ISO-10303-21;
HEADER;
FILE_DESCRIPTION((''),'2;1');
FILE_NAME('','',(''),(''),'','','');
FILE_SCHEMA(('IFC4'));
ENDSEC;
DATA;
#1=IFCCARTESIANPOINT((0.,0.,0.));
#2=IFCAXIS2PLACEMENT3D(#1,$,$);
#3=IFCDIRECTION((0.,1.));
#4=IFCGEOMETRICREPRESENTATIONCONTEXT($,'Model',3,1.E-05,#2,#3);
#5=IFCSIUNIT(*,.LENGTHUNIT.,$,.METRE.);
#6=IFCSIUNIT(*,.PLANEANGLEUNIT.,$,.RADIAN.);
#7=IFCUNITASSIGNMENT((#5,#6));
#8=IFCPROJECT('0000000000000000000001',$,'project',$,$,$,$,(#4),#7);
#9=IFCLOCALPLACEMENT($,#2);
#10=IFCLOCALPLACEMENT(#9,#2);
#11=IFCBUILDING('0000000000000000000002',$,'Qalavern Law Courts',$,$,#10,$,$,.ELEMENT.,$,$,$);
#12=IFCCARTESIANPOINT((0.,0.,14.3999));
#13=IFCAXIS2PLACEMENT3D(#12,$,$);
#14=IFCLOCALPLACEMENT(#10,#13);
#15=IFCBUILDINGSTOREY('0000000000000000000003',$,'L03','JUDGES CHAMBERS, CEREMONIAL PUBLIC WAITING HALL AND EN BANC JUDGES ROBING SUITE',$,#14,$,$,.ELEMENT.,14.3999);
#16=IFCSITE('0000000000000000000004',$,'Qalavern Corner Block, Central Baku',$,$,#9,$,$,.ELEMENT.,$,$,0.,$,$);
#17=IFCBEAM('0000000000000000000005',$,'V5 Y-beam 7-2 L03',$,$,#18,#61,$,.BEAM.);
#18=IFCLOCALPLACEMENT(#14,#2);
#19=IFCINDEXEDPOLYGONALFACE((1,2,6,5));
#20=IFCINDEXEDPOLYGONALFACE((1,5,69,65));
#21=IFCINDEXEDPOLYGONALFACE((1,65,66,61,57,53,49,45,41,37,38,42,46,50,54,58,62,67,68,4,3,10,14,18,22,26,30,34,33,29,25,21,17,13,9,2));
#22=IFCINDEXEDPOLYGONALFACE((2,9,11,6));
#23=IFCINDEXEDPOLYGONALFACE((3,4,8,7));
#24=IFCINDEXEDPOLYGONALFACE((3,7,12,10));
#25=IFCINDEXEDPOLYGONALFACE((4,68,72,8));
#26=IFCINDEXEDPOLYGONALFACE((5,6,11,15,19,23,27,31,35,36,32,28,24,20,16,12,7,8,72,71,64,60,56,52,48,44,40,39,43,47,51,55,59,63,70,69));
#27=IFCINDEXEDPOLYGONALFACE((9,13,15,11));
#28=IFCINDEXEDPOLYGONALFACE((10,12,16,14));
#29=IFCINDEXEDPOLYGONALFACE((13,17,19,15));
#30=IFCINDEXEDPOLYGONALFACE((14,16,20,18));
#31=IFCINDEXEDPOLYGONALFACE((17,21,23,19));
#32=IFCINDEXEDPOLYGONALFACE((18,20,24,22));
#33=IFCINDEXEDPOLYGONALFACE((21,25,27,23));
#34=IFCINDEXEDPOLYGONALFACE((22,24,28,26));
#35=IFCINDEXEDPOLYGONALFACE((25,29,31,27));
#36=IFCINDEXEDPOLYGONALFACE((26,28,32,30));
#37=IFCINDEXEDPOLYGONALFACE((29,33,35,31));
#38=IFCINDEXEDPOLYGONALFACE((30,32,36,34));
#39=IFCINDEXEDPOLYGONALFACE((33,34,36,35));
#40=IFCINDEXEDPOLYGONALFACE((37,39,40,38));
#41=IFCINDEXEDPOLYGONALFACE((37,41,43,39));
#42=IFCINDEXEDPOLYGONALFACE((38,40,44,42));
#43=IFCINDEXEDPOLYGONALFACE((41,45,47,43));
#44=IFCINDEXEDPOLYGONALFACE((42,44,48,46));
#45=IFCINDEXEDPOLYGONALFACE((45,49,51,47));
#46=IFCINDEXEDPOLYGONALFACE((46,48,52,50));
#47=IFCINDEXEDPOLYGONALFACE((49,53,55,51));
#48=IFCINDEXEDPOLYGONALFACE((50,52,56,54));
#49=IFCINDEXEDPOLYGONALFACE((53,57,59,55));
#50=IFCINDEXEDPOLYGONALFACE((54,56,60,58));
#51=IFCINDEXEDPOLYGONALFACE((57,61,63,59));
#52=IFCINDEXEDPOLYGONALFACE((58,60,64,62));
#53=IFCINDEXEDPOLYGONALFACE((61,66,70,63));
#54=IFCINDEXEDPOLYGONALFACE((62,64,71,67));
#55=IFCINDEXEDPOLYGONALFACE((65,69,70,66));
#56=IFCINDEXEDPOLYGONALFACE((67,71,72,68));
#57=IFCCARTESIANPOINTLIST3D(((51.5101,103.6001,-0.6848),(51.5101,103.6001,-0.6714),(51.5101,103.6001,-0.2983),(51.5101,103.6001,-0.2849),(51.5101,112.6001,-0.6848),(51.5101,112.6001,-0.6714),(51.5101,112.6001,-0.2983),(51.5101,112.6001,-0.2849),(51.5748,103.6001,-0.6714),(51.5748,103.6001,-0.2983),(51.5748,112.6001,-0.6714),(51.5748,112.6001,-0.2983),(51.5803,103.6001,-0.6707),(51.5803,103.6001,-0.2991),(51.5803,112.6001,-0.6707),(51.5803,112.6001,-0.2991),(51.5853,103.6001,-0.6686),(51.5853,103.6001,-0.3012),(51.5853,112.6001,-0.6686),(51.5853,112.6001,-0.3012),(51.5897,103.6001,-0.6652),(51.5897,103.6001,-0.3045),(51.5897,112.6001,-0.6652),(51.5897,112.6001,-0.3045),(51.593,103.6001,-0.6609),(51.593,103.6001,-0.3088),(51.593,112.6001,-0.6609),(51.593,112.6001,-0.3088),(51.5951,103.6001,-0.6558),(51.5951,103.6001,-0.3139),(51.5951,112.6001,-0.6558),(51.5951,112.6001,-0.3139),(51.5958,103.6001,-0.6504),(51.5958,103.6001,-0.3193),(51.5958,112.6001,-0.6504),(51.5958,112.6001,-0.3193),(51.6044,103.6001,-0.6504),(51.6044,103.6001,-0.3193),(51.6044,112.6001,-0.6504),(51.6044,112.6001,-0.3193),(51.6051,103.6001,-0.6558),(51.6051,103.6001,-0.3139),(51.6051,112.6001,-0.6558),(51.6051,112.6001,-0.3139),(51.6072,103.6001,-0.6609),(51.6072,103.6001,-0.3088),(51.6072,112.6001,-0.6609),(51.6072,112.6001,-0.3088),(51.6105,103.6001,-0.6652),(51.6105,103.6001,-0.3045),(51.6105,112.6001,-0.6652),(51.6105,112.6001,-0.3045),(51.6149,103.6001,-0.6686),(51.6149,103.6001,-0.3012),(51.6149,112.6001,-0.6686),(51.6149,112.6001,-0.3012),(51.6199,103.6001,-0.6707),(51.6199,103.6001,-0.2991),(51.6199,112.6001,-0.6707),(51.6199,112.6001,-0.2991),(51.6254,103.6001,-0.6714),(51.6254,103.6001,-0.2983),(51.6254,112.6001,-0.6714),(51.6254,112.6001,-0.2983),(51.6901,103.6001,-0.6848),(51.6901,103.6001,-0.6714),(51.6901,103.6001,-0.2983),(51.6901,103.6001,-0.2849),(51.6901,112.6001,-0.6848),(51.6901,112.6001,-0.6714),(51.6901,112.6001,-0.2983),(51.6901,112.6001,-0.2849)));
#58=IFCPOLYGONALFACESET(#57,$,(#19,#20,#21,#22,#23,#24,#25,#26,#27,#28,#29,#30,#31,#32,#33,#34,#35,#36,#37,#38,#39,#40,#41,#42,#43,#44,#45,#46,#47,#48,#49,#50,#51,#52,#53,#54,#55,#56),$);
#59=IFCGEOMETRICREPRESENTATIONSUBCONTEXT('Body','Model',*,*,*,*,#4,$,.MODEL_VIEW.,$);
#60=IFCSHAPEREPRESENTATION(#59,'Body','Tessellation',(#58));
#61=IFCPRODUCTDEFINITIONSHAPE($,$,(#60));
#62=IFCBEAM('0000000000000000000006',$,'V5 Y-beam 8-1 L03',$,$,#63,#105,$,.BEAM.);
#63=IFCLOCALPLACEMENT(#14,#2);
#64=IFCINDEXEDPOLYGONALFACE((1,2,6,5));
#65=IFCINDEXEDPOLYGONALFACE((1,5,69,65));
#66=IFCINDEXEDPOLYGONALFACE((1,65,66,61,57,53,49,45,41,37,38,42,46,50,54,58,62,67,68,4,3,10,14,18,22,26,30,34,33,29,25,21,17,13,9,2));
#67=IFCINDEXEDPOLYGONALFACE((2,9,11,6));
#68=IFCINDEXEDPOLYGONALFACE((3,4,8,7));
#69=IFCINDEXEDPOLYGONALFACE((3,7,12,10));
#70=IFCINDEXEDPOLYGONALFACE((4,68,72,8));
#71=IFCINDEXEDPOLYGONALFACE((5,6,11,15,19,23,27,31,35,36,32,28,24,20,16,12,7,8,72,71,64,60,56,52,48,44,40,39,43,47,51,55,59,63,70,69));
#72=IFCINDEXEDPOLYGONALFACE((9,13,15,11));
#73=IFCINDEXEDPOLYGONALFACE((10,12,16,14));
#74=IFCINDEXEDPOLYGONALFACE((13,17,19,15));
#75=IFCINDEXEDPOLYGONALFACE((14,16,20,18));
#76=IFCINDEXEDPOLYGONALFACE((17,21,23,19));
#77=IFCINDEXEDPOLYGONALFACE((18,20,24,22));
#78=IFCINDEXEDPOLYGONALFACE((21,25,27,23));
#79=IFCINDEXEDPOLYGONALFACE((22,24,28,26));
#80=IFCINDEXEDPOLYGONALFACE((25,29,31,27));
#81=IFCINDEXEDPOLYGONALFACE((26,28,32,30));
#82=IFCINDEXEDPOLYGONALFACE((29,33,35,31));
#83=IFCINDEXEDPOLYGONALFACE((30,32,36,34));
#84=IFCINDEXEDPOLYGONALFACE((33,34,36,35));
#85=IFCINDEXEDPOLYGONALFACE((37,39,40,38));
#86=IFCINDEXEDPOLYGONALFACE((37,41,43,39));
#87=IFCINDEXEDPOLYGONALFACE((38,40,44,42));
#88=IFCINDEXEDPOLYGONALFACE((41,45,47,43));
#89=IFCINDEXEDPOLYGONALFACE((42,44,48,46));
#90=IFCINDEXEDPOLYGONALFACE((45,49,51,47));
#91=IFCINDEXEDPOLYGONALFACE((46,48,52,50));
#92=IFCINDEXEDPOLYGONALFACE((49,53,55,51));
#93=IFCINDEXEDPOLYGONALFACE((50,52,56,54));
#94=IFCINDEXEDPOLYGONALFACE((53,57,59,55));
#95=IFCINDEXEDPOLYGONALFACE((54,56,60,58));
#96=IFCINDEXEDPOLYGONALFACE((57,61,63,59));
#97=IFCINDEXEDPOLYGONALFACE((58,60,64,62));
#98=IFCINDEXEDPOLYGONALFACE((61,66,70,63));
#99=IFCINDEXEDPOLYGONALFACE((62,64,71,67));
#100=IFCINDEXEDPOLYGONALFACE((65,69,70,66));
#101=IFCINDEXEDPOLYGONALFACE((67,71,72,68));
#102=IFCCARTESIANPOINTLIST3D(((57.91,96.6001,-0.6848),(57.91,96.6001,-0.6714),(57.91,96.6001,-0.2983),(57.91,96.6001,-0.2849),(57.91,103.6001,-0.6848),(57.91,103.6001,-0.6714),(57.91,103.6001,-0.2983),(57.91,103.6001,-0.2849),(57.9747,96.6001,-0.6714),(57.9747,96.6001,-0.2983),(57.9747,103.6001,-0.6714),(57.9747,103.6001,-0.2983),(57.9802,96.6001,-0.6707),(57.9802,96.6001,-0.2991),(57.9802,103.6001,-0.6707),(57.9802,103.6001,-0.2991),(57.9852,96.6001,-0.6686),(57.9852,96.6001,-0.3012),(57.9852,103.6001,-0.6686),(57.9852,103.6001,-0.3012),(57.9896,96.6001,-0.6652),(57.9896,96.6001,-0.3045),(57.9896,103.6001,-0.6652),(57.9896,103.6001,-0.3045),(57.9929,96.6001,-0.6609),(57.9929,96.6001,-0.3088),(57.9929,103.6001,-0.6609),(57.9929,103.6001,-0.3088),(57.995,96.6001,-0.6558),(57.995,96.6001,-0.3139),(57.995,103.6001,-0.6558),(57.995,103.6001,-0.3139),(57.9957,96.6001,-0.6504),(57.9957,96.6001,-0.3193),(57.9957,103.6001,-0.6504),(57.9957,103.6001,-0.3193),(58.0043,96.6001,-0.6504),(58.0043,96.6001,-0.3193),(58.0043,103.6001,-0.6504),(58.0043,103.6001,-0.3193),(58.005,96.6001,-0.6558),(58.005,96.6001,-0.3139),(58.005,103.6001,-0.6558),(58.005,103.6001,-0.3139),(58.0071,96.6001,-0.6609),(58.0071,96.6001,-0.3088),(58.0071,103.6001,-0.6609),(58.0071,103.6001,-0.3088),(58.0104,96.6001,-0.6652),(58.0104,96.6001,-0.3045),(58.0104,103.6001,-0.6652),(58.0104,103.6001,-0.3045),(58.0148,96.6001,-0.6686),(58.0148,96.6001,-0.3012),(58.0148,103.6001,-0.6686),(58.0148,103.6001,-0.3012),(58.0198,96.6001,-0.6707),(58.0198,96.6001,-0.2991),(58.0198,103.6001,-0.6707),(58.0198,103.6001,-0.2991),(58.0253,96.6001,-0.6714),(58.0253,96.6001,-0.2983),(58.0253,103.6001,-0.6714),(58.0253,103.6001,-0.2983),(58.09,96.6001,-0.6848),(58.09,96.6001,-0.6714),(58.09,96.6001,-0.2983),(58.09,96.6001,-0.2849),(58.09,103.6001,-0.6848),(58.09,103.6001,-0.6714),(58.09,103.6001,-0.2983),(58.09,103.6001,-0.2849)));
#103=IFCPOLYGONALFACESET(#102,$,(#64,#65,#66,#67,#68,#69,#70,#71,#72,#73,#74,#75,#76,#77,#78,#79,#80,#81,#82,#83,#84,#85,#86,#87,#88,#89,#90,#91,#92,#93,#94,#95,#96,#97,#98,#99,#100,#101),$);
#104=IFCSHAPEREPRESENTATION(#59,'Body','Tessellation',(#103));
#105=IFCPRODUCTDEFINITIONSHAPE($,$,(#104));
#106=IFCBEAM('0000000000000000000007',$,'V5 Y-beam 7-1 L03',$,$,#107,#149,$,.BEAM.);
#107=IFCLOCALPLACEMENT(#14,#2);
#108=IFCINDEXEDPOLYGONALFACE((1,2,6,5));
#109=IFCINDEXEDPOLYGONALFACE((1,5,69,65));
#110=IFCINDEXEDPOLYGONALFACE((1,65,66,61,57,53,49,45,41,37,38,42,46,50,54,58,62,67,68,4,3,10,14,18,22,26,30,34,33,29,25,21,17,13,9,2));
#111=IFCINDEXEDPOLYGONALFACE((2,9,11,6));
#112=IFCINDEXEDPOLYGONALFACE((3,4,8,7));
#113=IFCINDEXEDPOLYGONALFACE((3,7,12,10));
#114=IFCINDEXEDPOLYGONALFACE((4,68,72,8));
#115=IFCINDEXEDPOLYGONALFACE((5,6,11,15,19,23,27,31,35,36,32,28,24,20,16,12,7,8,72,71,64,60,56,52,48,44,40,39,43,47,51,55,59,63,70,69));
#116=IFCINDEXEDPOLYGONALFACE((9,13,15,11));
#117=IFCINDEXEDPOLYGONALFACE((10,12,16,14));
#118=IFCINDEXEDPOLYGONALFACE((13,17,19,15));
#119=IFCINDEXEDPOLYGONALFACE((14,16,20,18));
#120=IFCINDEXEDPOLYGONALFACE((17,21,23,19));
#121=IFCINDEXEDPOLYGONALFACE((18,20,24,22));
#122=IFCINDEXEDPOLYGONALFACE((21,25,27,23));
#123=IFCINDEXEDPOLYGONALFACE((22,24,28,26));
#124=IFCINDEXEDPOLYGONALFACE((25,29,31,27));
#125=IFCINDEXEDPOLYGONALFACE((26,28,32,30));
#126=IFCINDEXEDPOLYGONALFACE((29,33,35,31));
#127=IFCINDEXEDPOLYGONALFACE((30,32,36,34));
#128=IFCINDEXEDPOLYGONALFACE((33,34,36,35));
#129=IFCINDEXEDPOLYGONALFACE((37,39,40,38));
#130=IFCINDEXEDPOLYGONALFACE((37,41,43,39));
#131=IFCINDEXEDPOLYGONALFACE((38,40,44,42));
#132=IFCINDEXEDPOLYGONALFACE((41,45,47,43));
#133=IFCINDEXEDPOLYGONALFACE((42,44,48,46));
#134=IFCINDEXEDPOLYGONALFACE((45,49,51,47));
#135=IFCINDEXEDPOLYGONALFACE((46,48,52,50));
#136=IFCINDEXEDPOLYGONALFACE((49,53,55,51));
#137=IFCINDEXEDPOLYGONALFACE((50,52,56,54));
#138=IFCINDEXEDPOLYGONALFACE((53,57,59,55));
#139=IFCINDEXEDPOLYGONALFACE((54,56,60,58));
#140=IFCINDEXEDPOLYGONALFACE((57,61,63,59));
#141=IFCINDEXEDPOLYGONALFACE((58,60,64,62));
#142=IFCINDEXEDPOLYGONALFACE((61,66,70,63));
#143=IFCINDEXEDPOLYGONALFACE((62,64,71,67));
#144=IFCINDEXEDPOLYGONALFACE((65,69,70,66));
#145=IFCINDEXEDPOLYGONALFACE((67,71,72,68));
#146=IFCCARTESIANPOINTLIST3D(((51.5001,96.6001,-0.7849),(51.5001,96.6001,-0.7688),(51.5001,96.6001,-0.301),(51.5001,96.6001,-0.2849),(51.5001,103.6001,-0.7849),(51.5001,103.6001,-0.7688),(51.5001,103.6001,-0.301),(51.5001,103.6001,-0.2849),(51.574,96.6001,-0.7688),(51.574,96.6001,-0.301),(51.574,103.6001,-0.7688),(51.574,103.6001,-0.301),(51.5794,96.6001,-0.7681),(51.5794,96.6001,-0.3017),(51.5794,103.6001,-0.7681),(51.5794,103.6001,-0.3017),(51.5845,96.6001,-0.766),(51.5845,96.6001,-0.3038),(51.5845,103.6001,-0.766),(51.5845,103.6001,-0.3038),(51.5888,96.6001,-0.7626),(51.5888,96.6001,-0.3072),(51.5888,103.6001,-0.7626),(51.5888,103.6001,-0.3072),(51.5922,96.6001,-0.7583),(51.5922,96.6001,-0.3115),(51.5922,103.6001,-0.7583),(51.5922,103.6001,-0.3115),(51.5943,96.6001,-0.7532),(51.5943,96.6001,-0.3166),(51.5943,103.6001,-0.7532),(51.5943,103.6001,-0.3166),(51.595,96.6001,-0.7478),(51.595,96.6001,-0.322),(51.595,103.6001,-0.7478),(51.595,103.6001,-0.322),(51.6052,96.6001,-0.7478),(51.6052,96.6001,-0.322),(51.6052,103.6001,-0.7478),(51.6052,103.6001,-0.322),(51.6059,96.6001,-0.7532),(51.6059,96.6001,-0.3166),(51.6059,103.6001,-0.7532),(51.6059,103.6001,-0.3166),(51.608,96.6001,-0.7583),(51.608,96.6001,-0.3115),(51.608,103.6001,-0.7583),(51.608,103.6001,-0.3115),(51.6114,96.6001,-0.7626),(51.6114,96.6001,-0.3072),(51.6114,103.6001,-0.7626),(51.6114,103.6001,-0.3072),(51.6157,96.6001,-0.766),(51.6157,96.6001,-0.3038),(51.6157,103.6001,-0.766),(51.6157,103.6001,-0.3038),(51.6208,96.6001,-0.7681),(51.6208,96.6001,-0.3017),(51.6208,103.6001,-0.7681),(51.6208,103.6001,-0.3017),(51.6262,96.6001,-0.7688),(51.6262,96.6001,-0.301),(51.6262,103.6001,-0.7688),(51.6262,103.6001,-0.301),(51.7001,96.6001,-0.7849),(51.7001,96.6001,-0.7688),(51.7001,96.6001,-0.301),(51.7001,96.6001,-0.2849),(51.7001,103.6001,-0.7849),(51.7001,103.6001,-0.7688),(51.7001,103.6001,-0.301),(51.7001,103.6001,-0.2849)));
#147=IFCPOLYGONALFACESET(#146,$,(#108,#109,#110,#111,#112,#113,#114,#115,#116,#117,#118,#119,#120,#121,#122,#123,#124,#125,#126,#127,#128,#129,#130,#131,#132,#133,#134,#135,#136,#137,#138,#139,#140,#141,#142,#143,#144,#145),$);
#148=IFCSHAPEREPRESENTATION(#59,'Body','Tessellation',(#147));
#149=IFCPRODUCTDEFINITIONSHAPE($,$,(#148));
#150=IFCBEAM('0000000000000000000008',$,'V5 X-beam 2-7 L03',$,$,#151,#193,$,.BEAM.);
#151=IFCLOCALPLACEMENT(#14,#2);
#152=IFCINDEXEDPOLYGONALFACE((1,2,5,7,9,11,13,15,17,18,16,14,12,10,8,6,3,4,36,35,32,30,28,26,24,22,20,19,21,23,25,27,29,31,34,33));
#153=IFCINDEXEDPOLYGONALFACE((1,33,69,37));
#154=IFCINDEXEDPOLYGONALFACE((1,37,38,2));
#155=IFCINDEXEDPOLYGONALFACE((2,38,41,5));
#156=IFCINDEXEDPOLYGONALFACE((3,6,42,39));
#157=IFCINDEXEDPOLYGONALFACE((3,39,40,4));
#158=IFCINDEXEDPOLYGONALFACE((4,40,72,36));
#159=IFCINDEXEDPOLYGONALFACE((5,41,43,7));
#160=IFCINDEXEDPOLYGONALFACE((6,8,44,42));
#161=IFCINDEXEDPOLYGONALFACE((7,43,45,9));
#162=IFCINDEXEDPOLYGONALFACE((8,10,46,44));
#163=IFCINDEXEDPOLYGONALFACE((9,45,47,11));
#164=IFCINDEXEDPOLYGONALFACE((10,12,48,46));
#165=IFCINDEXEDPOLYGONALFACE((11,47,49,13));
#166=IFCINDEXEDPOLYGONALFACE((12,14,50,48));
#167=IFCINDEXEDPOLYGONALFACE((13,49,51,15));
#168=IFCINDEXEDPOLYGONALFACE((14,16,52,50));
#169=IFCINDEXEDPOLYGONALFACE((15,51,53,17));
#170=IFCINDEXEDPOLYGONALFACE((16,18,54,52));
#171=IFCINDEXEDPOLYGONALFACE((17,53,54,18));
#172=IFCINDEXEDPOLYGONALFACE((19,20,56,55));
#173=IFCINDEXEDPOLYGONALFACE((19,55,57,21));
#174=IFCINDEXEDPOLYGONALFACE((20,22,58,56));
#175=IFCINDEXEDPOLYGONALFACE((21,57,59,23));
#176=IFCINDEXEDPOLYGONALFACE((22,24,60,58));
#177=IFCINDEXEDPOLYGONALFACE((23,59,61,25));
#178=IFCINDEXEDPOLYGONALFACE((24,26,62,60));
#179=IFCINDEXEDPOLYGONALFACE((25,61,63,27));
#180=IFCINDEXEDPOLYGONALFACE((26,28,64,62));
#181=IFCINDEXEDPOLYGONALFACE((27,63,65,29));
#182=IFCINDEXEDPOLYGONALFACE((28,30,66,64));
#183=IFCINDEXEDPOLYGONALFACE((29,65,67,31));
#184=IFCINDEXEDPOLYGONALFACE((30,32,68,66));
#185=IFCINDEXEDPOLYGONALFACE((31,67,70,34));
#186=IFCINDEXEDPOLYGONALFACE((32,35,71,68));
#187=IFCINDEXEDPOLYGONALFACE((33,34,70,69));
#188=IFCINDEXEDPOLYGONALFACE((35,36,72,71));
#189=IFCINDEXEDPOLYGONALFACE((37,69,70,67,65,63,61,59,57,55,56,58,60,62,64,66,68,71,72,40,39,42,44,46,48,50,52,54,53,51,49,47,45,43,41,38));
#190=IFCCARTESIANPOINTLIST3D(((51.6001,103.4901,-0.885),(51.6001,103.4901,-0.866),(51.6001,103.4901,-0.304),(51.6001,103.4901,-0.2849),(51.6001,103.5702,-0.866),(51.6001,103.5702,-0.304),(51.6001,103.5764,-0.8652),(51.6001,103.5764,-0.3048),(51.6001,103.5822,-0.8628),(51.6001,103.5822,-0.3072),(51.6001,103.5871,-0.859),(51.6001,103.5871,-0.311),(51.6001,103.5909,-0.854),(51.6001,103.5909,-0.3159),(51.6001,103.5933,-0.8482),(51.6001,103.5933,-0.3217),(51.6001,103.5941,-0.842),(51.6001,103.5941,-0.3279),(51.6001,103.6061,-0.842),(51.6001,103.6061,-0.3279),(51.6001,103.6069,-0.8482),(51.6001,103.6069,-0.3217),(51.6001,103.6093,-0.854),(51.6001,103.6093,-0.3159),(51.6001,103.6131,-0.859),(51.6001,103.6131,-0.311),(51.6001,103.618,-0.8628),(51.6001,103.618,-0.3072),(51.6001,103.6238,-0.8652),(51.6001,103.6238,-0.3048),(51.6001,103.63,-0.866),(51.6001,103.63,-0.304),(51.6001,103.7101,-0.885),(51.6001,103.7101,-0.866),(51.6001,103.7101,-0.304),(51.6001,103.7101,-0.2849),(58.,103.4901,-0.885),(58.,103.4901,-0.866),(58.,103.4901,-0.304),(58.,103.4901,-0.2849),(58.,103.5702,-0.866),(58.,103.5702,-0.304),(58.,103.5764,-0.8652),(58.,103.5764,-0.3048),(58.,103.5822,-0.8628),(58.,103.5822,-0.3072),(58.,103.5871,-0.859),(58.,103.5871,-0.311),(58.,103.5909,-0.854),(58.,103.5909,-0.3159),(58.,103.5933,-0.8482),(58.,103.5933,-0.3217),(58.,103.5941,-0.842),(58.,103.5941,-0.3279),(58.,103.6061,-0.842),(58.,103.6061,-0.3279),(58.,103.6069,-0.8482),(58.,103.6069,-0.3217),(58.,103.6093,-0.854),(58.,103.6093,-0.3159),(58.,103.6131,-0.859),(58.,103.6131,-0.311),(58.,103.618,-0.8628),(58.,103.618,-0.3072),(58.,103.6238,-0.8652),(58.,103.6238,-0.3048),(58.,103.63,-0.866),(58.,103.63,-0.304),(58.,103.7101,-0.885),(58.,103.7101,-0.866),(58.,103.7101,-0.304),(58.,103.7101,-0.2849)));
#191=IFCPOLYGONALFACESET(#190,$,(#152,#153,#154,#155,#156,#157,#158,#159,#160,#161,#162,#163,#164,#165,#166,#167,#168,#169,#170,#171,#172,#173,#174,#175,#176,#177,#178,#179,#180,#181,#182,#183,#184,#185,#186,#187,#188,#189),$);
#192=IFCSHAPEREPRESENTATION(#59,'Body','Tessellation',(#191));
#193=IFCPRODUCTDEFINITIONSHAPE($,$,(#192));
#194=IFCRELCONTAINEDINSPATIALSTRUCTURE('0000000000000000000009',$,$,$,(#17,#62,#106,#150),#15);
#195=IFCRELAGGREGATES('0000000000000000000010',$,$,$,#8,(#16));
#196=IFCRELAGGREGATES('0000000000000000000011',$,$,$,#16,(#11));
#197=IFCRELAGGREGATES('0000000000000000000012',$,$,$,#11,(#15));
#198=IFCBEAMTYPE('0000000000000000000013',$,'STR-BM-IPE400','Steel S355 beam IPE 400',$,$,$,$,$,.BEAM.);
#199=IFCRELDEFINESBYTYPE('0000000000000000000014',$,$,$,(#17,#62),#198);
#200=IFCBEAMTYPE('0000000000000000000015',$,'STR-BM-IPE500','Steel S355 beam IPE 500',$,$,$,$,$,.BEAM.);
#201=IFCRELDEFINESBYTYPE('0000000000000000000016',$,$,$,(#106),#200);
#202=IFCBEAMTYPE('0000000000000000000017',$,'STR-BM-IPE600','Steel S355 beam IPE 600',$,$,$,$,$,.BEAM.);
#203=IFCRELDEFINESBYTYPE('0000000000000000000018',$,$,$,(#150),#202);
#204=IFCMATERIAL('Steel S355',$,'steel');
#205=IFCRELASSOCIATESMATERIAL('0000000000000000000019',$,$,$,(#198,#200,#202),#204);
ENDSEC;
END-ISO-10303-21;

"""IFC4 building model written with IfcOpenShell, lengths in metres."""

from ifc_helpers import new_model, si_unit, direction, frame, origin, origin_2d, place, context, subcontext, project, spatial, i_section, extrude, material, material_profile, profile_set, type_object, element, save


model = new_model("IFC4")

# Units and contexts
model_context = context("Model", 3, precision=1e-05, world=origin(), true_north=direction((0.0, 1.0)))
body_context = subcontext(model_context, "Body", "Model", "MODEL_VIEW")
ifc_project = project(units=[si_unit("LENGTHUNIT", "METRE"), si_unit("PLANEANGLEUNIT", "RADIAN")], contexts=[model_context])

# Site, building, storey
site_placement = place(None, origin())
site = spatial("IfcSite", under=ifc_project, at=site_placement, Name="Qalavern Corner Block, Central Baku", CompositionType="ELEMENT", RefElevation=0.0)
building_placement = place(site_placement, origin())
building = spatial("IfcBuilding", under=site, at=building_placement, Name="Qalavern Law Courts", CompositionType="ELEMENT")
storey_placement = place(building_placement, frame((0.0, 0.0, 14.3999)))
storey = spatial("IfcBuildingStorey", under=building, at=storey_placement, Name="L03", Description="JUDGES CHAMBERS, CEREMONIAL PUBLIC WAITING HALL AND EN BANC JUDGES ROBING SUITE", CompositionType="ELEMENT", Elevation=14.3999)

# Beams
ifc_material_1 = material(Name="Steel S355", Category="steel")
ifc_material_profile_1 = material_profile(ifc_material_1, i_section(OverallWidth=0.1799, OverallDepth=0.3999, WebThickness=0.0085, FlangeThickness=0.0134, FilletRadius=0.021, at=origin_2d()), Name="IPE 400")
ifc_profile_set_1 = profile_set([ifc_material_profile_1], Name="Steel S355")
beam_type_1 = type_object("IfcBeamType", Name="STR-BM-IPE400", Description="Steel S355 beam IPE 400", PredefinedType="BEAM", material=ifc_profile_set_1)
beam_1_placement = place(storey_placement, frame((51.6001, 103.6001, -0.4849), z_axis=(0.0, 1.0, 0.0), x_axis=(-1.0, 0.0, 0.0)))
element("IfcBeam", 1, at=beam_1_placement, inside=storey, type_object=beam_type_1, Name="V5 Y-beam 7-2 L03", PredefinedType="BEAM", context=body_context, shape_type="SweptSolid", body=[
    extrude(i_section(OverallWidth=0.1799, OverallDepth=0.3999, WebThickness=0.0085, FlangeThickness=0.0134, FilletRadius=0.021, at=origin_2d()), origin(), (0.0, 0.0, 1.0), 9.0),
])
beam_2_placement = place(storey_placement, frame((58.0, 96.6001, -0.4849), z_axis=(0.0, 1.0, 0.0), x_axis=(-1.0, 0.0, 0.0)))
element("IfcBeam", 2, at=beam_2_placement, inside=storey, type_object=beam_type_1, Name="V5 Y-beam 8-1 L03", PredefinedType="BEAM", context=body_context, shape_type="SweptSolid", body=[
    extrude(i_section(OverallWidth=0.1799, OverallDepth=0.3999, WebThickness=0.0085, FlangeThickness=0.0134, FilletRadius=0.021, at=origin_2d()), origin(), (0.0, 0.0, 1.0), 7.0),
])
ifc_material_profile_2 = material_profile(ifc_material_1, i_section(OverallWidth=0.2, OverallDepth=0.5, WebThickness=0.0103, FlangeThickness=0.0161, FilletRadius=0.021, at=origin_2d()), Name="IPE 500")
ifc_profile_set_2 = profile_set([ifc_material_profile_2], Name="Steel S355")
beam_type_2 = type_object("IfcBeamType", Name="STR-BM-IPE500", Description="Steel S355 beam IPE 500", PredefinedType="BEAM", material=ifc_profile_set_2)
beam_3_placement = place(storey_placement, frame((51.6001, 96.6001, -0.5349), z_axis=(0.0, 1.0, 0.0), x_axis=(-1.0, 0.0, 0.0)))
element("IfcBeam", 3, at=beam_3_placement, inside=storey, type_object=beam_type_2, Name="V5 Y-beam 7-1 L03", PredefinedType="BEAM", context=body_context, shape_type="SweptSolid", body=[
    extrude(i_section(OverallWidth=0.2, OverallDepth=0.5, WebThickness=0.0103, FlangeThickness=0.0161, FilletRadius=0.021, at=origin_2d()), origin(), (0.0, 0.0, 1.0), 7.0),
])
ifc_material_profile_3 = material_profile(ifc_material_1, i_section(OverallWidth=0.22, OverallDepth=0.6001, WebThickness=0.012, FlangeThickness=0.019, FilletRadius=0.0239, at=origin_2d()), Name="IPE 600")
ifc_profile_set_3 = profile_set([ifc_material_profile_3], Name="Steel S355")
beam_type_3 = type_object("IfcBeamType", Name="STR-BM-IPE600", Description="Steel S355 beam IPE 600", PredefinedType="BEAM", material=ifc_profile_set_3)
beam_4_placement = place(storey_placement, frame((51.6001, 103.6001, -0.585), z_axis=(1.0, 0.0, 0.0), x_axis=(0.0, 1.0, 0.0)))
element("IfcBeam", 4, at=beam_4_placement, inside=storey, type_object=beam_type_3, Name="V5 X-beam 2-7 L03", PredefinedType="BEAM", context=body_context, shape_type="SweptSolid", body=[
    extrude(i_section(OverallWidth=0.22, OverallDepth=0.6001, WebThickness=0.012, FlangeThickness=0.019, FilletRadius=0.0239, at=origin_2d()), origin(), (0.0, 0.0, 1.0), 6.3999),
])

save(model, "model.ifc")
